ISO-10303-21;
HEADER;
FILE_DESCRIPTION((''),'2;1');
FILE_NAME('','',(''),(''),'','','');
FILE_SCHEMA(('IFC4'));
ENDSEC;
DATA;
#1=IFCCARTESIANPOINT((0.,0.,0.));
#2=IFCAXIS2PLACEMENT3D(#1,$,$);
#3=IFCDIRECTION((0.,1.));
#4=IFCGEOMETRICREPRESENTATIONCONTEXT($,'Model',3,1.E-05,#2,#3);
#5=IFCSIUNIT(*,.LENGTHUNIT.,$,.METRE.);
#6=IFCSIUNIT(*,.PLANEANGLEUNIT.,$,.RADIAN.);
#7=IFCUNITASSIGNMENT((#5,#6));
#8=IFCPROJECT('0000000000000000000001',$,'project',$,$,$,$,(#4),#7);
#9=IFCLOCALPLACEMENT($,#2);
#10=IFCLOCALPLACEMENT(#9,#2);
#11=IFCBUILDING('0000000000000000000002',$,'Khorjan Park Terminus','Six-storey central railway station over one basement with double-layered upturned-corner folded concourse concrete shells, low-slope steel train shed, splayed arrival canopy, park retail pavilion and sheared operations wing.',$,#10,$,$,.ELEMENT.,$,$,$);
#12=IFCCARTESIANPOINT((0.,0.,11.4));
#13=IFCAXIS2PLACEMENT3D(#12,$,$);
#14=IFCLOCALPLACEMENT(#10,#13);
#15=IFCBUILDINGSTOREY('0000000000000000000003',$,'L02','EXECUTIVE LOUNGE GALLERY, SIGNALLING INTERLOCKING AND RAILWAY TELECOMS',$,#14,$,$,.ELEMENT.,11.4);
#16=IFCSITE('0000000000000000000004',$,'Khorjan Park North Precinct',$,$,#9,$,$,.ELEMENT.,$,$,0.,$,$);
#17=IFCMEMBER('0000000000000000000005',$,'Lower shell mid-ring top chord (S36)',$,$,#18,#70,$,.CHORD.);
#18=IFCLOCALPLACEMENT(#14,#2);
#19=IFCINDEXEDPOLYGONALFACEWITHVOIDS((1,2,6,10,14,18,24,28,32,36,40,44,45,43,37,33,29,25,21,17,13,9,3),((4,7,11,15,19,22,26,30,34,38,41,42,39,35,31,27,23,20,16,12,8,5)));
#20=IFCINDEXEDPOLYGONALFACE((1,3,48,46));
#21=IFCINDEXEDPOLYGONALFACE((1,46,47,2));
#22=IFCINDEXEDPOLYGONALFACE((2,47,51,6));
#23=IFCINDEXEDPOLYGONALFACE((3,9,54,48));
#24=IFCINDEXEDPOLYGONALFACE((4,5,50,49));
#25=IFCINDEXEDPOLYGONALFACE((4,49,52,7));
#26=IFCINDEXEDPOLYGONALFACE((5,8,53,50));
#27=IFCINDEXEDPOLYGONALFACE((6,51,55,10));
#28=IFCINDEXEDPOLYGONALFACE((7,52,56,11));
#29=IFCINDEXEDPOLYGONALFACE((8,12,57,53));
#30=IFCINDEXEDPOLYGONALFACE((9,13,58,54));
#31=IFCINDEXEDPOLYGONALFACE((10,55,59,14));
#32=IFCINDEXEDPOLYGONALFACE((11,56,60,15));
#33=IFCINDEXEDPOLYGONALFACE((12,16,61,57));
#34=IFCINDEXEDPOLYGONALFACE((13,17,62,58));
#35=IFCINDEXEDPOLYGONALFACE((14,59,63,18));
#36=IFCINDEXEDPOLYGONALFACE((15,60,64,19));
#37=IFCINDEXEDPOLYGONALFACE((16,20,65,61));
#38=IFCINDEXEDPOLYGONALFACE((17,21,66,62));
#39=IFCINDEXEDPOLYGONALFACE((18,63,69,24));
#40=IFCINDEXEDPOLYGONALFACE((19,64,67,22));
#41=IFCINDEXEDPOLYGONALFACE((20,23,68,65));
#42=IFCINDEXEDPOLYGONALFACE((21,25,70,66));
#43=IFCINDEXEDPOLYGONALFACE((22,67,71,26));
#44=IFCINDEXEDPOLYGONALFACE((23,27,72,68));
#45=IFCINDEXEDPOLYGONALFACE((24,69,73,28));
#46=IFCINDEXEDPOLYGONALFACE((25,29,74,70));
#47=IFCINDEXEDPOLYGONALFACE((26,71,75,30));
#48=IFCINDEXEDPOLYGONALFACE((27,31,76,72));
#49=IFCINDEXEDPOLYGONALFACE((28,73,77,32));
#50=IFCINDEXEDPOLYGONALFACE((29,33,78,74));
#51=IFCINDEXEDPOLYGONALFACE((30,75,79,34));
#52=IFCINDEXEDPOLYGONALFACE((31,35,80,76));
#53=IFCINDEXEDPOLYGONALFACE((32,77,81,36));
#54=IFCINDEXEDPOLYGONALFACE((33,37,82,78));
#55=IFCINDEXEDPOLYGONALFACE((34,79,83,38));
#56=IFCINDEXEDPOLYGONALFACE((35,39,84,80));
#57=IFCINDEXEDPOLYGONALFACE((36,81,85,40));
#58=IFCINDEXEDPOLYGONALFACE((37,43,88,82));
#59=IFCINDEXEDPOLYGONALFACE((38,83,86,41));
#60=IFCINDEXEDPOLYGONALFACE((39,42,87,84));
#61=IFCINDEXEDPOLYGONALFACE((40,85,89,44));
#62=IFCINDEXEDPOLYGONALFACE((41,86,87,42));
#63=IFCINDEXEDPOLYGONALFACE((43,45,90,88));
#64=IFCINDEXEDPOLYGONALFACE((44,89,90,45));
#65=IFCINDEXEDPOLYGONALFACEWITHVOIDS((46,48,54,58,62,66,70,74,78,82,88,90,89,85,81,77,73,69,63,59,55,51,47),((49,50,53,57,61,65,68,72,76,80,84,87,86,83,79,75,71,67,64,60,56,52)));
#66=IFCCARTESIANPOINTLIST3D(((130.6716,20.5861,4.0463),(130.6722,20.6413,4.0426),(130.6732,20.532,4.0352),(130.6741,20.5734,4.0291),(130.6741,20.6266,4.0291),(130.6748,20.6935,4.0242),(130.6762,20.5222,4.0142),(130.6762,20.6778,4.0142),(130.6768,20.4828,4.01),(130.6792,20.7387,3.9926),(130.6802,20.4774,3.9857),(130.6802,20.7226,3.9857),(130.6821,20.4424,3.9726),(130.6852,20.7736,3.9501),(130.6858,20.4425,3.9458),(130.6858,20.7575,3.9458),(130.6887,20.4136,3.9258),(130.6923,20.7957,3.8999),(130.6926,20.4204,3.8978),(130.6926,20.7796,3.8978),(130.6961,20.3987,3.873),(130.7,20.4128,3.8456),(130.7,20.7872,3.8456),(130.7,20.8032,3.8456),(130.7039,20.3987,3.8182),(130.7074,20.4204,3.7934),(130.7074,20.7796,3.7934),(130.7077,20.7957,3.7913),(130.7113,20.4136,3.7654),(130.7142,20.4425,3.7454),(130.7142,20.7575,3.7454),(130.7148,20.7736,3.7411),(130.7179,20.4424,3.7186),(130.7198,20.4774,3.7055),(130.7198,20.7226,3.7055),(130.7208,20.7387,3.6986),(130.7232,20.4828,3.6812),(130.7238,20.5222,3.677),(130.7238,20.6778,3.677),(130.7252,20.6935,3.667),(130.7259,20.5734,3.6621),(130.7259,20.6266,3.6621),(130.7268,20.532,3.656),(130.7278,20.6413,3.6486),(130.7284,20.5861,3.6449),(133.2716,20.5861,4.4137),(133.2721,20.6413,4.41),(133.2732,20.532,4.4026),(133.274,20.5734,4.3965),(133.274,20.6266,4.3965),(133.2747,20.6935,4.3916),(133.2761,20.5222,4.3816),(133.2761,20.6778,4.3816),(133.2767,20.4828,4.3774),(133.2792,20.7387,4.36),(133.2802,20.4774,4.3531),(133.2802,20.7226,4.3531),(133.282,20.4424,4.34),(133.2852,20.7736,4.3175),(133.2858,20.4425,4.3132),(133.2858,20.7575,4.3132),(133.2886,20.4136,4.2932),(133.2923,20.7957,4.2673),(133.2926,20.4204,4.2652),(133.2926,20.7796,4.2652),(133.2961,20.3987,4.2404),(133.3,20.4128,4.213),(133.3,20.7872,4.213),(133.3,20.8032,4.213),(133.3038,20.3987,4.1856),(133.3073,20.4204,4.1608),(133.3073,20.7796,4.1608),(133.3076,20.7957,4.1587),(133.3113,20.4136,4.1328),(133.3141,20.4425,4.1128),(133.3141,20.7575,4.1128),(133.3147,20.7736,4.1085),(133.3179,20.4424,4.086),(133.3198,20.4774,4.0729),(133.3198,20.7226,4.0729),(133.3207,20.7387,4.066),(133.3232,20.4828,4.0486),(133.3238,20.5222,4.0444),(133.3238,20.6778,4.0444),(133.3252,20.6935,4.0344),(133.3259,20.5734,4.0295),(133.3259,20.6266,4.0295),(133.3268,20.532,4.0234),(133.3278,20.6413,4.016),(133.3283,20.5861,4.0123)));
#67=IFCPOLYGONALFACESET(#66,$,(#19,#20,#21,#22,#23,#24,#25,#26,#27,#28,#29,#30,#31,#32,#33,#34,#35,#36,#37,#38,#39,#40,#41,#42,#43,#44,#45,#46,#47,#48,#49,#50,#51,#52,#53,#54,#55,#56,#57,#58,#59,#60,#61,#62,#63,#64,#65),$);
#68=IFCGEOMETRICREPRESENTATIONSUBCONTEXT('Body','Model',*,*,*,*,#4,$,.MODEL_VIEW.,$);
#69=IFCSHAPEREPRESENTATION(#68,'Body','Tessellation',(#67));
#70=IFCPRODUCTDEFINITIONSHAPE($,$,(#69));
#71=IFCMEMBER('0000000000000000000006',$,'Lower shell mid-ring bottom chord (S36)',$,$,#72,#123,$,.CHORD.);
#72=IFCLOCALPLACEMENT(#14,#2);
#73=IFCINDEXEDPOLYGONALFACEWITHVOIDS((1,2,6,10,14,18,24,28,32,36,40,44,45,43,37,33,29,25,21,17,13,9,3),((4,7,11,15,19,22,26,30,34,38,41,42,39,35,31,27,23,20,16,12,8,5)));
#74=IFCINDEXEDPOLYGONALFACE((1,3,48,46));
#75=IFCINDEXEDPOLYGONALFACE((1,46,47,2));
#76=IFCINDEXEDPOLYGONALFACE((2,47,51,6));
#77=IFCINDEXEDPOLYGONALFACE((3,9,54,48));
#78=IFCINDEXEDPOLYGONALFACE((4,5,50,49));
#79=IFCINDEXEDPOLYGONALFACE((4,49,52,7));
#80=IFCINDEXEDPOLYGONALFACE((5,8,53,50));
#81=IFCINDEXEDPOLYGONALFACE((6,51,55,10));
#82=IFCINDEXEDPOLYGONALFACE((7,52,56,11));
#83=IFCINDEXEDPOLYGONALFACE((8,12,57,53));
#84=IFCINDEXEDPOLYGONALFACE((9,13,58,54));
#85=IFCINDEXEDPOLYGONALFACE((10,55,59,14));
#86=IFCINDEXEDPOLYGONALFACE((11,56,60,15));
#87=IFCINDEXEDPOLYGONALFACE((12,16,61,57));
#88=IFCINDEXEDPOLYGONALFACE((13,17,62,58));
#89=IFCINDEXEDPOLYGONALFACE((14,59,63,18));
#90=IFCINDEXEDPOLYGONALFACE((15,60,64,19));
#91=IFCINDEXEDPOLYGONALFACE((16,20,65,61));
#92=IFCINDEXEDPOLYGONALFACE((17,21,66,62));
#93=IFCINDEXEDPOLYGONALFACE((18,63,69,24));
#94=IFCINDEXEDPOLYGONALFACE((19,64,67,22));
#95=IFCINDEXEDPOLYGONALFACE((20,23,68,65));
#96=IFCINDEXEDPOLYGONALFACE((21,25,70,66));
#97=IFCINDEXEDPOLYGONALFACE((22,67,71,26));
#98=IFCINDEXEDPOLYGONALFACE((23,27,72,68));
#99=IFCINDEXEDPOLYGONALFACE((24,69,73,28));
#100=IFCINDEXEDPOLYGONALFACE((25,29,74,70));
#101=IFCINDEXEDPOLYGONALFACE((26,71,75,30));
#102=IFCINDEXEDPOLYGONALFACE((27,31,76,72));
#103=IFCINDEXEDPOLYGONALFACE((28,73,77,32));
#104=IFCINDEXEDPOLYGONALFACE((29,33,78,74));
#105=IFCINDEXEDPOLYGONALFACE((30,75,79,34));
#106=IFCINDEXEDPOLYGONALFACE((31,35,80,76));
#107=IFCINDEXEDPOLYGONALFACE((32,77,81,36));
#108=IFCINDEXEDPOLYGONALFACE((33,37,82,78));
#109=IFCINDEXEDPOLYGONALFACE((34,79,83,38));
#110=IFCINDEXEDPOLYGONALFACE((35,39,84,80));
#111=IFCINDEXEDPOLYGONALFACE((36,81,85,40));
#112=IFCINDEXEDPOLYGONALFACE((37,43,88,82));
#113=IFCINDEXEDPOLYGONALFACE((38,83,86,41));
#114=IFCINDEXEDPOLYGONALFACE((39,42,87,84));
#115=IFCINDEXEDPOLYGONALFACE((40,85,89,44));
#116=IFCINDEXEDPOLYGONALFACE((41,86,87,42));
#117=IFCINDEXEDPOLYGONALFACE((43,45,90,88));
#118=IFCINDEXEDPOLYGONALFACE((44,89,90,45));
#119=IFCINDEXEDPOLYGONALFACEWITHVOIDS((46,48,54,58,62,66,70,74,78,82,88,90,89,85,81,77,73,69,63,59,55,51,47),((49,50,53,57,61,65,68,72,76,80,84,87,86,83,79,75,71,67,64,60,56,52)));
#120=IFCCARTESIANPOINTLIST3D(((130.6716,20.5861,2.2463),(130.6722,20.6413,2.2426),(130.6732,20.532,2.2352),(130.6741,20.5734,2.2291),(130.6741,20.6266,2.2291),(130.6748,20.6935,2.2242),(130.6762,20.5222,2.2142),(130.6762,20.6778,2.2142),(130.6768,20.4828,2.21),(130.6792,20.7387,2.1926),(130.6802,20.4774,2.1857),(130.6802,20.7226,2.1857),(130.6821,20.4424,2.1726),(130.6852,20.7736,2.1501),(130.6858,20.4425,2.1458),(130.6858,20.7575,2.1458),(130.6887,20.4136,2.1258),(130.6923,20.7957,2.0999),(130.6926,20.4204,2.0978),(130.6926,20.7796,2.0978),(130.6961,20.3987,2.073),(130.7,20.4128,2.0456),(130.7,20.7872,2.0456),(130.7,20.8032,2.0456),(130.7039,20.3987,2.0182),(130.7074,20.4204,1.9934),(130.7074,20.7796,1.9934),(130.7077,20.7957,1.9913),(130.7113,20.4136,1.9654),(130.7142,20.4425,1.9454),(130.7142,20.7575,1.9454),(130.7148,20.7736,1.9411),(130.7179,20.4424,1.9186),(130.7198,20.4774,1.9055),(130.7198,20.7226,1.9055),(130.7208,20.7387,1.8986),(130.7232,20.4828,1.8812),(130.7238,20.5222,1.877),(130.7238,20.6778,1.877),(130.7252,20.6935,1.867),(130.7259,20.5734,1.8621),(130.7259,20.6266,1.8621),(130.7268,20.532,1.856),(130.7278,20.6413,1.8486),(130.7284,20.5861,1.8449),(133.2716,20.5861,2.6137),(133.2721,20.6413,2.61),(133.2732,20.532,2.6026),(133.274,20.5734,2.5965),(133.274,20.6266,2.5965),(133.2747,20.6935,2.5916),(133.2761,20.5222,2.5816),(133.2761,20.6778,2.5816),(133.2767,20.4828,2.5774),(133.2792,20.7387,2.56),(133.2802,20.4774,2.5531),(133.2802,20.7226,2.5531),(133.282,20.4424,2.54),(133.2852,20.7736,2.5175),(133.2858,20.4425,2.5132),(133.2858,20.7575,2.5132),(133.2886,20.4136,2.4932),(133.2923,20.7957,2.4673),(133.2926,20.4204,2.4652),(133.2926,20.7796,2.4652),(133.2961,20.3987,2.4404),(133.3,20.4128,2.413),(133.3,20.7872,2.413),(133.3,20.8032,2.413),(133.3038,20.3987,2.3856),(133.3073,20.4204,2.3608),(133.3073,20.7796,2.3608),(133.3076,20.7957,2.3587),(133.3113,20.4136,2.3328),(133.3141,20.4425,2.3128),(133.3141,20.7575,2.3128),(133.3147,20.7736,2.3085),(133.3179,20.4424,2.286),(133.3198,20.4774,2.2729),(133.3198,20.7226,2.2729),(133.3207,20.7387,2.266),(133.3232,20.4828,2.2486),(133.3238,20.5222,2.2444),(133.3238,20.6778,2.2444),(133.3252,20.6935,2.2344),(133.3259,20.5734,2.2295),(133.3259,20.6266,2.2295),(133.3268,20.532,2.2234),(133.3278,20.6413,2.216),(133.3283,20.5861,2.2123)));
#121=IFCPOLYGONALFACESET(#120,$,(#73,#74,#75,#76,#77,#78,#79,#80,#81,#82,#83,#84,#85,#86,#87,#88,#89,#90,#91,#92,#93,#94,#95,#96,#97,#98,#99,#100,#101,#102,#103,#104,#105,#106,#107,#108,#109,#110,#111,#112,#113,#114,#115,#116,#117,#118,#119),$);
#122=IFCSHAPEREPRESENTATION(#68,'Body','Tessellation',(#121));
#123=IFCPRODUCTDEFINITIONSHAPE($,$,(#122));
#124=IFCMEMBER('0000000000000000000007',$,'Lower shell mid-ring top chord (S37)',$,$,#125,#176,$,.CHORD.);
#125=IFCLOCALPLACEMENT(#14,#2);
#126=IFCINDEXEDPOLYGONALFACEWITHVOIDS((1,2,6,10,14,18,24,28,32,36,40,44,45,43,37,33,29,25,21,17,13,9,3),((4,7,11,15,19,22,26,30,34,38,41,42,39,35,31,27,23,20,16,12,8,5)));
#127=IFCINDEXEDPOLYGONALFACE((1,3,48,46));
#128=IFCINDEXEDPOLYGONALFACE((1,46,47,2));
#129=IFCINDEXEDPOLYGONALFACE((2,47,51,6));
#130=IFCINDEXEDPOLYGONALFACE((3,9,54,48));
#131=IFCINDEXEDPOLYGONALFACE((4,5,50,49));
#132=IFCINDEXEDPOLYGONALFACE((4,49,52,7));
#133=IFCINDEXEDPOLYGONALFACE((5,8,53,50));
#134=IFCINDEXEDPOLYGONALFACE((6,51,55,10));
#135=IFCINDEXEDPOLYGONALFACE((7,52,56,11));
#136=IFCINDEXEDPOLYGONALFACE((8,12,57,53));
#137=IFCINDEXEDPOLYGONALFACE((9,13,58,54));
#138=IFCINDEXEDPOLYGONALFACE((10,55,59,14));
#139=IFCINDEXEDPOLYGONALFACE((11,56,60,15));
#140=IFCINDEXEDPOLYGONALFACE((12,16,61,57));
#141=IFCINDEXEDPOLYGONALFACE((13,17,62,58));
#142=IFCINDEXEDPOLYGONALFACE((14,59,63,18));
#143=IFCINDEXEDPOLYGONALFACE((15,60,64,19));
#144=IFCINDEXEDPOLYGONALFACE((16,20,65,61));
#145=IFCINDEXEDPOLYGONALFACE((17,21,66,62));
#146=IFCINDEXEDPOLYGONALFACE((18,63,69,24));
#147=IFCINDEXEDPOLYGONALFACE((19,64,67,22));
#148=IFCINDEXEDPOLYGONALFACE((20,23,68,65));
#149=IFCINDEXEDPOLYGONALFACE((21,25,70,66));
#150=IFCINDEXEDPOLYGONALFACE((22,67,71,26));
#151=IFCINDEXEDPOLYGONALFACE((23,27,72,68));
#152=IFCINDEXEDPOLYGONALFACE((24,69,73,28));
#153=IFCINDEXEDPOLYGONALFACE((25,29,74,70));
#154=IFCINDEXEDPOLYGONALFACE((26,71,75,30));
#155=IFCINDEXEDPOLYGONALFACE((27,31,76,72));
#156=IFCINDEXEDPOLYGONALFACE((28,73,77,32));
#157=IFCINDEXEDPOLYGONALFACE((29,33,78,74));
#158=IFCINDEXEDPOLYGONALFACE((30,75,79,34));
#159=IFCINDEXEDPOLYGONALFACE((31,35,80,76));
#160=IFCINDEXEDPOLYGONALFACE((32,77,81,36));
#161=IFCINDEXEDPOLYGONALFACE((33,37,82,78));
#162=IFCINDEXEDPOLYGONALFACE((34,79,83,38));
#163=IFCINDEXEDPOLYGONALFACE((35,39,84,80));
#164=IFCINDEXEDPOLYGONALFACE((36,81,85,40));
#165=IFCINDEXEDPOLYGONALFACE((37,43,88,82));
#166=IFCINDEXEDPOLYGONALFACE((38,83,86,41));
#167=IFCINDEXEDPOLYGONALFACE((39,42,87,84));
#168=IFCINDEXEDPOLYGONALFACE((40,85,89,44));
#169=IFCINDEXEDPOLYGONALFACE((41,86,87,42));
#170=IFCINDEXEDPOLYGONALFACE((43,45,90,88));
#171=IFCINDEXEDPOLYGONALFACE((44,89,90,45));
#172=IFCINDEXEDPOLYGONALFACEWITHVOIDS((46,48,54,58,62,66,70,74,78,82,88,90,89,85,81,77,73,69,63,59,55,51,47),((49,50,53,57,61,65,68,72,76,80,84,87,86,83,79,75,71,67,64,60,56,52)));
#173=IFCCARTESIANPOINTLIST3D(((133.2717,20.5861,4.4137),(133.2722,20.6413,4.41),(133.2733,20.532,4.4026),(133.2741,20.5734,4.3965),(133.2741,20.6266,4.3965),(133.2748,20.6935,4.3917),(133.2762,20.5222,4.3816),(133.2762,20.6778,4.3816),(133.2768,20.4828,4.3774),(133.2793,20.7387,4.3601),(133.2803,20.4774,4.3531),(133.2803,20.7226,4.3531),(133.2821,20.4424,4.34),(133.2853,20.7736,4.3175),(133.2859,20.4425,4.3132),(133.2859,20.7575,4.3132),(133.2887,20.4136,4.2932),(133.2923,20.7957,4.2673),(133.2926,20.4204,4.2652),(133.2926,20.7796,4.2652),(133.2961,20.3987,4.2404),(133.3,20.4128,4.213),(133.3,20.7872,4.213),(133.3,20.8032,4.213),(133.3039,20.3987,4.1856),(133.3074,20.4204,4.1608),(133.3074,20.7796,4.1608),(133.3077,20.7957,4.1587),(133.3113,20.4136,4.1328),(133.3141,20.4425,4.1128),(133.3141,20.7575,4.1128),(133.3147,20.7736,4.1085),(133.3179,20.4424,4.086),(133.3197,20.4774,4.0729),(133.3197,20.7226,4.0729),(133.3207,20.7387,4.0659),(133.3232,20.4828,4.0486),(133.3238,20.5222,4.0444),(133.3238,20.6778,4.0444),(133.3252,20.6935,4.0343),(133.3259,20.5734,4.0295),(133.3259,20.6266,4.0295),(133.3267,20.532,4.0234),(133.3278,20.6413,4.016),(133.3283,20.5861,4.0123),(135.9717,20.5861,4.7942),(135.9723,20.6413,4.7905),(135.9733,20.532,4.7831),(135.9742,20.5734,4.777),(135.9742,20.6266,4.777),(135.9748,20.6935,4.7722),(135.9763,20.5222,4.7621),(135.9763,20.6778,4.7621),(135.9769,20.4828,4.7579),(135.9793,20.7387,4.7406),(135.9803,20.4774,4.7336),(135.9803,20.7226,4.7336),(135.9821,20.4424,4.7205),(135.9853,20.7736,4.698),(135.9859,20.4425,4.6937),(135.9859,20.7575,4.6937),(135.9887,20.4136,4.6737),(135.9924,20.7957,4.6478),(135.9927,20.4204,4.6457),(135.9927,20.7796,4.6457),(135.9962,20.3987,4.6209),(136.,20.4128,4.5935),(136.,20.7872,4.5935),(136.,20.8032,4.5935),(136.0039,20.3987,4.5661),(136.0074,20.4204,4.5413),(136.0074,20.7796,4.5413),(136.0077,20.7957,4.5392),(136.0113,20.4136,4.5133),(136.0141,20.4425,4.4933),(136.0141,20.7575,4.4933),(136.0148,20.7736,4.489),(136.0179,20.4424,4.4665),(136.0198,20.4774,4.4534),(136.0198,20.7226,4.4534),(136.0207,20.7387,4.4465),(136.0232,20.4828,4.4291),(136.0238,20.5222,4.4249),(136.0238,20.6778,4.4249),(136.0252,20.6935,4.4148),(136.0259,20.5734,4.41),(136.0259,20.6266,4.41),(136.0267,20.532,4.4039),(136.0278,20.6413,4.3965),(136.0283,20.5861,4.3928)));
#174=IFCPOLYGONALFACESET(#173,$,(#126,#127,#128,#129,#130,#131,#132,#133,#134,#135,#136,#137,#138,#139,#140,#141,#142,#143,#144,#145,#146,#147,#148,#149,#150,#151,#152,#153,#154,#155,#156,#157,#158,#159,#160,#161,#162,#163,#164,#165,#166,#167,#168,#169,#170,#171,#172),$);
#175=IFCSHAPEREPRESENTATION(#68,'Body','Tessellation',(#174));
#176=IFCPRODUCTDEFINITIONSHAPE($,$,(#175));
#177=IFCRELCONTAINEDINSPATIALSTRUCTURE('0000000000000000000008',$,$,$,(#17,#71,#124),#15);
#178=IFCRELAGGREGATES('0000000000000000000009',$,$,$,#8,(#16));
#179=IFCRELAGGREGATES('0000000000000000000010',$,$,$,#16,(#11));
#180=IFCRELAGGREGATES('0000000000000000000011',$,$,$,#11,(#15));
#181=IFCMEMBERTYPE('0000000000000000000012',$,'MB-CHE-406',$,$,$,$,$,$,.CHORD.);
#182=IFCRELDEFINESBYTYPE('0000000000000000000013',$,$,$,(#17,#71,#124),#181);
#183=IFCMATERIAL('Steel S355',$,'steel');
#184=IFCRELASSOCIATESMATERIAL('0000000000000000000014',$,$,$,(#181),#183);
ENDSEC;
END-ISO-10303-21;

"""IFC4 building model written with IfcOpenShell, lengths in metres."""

from ifc_helpers import new_model, si_unit, direction, frame, origin, origin_2d, place, context, subcontext, project, spatial, hollow_circle, extrude, material, material_profile, profile_set, type_object, element, save


model = new_model("IFC4")

# Units and contexts
model_context = context("Model", 3, precision=1e-05, world=origin(), true_north=direction((0.0, 1.0)))
body_context = subcontext(model_context, "Body", "Model", "MODEL_VIEW")
ifc_project = project(units=[si_unit("LENGTHUNIT", "METRE"), si_unit("PLANEANGLEUNIT", "RADIAN")], contexts=[model_context])

# Site, building, storey
site_placement = place(None, origin())
site = spatial("IfcSite", under=ifc_project, at=site_placement, Name="Khorjan Park North Precinct", CompositionType="ELEMENT", RefElevation=0.0)
building_placement = place(site_placement, origin())
building = spatial("IfcBuilding", under=site, at=building_placement, Name="Khorjan Park Terminus", Description="Six-storey central railway station over one basement with double-layered upturned-corner folded concourse concrete shells, low-slope steel train shed, splayed arrival canopy, park retail pavilion and sheared operations wing.", CompositionType="ELEMENT")
storey_placement = place(building_placement, frame((0.0, 0.0, 11.4)))
storey = spatial("IfcBuildingStorey", under=building, at=storey_placement, Name="L02", Description="EXECUTIVE LOUNGE GALLERY, SIGNALLING INTERLOCKING AND RAILWAY TELECOMS", CompositionType="ELEMENT", Elevation=11.4)

# Members
ifc_material_1 = material(Name="Steel S355", Category="steel")
ifc_material_profile_1 = material_profile(ifc_material_1, hollow_circle(Radius=0.2032, WallThickness=0.016, at=origin_2d()), Name="CHS 406.4x16")
ifc_profile_set_1 = profile_set([ifc_material_profile_1], Name="Steel S355")
member_type_1 = type_object("IfcMemberType", Name="MB-CHE-406", PredefinedType="CHORD", material=ifc_profile_set_1)
for number, where, z_axis, x_axis, name in (
    (1, (130.7, 20.6, 3.8456), (0.990163, 0.0, 0.139918), (0.0, 1.0, 0.0), "Lower shell mid-ring top chord (S36)"),
    (2, (130.7, 20.6, 2.0456), (0.990163, 0.0, 0.139918), (0.0, 1.0, 0.0), "Lower shell mid-ring bottom chord (S36)"),
):
    element("IfcMember", number, at=place(storey_placement, frame(where, z_axis=z_axis, x_axis=x_axis)), inside=storey, type_object=member_type_1, Name=name, PredefinedType="CHORD", context=body_context, shape_type="SweptSolid", body=[
        extrude(hollow_circle(Radius=0.2032, WallThickness=0.016, at=origin_2d()), origin(), (0.0, 0.0, 1.0), 2.6258),
    ])
for number, where, z_axis, x_axis, name in (
    (3, (133.3, 20.6, 4.213), (0.990215, 0.0, 0.139547), (0.0, 1.0, 0.0), "Lower shell mid-ring top chord (S37)"),
):
    element("IfcMember", number, at=place(storey_placement, frame(where, z_axis=z_axis, x_axis=x_axis)), inside=storey, type_object=member_type_1, Name=name, PredefinedType="CHORD", context=body_context, shape_type="SweptSolid", body=[
        extrude(hollow_circle(Radius=0.2032, WallThickness=0.016, at=origin_2d()), origin(), (0.0, 0.0, 1.0), 2.7267),
    ])

save(model, "model.ifc")
